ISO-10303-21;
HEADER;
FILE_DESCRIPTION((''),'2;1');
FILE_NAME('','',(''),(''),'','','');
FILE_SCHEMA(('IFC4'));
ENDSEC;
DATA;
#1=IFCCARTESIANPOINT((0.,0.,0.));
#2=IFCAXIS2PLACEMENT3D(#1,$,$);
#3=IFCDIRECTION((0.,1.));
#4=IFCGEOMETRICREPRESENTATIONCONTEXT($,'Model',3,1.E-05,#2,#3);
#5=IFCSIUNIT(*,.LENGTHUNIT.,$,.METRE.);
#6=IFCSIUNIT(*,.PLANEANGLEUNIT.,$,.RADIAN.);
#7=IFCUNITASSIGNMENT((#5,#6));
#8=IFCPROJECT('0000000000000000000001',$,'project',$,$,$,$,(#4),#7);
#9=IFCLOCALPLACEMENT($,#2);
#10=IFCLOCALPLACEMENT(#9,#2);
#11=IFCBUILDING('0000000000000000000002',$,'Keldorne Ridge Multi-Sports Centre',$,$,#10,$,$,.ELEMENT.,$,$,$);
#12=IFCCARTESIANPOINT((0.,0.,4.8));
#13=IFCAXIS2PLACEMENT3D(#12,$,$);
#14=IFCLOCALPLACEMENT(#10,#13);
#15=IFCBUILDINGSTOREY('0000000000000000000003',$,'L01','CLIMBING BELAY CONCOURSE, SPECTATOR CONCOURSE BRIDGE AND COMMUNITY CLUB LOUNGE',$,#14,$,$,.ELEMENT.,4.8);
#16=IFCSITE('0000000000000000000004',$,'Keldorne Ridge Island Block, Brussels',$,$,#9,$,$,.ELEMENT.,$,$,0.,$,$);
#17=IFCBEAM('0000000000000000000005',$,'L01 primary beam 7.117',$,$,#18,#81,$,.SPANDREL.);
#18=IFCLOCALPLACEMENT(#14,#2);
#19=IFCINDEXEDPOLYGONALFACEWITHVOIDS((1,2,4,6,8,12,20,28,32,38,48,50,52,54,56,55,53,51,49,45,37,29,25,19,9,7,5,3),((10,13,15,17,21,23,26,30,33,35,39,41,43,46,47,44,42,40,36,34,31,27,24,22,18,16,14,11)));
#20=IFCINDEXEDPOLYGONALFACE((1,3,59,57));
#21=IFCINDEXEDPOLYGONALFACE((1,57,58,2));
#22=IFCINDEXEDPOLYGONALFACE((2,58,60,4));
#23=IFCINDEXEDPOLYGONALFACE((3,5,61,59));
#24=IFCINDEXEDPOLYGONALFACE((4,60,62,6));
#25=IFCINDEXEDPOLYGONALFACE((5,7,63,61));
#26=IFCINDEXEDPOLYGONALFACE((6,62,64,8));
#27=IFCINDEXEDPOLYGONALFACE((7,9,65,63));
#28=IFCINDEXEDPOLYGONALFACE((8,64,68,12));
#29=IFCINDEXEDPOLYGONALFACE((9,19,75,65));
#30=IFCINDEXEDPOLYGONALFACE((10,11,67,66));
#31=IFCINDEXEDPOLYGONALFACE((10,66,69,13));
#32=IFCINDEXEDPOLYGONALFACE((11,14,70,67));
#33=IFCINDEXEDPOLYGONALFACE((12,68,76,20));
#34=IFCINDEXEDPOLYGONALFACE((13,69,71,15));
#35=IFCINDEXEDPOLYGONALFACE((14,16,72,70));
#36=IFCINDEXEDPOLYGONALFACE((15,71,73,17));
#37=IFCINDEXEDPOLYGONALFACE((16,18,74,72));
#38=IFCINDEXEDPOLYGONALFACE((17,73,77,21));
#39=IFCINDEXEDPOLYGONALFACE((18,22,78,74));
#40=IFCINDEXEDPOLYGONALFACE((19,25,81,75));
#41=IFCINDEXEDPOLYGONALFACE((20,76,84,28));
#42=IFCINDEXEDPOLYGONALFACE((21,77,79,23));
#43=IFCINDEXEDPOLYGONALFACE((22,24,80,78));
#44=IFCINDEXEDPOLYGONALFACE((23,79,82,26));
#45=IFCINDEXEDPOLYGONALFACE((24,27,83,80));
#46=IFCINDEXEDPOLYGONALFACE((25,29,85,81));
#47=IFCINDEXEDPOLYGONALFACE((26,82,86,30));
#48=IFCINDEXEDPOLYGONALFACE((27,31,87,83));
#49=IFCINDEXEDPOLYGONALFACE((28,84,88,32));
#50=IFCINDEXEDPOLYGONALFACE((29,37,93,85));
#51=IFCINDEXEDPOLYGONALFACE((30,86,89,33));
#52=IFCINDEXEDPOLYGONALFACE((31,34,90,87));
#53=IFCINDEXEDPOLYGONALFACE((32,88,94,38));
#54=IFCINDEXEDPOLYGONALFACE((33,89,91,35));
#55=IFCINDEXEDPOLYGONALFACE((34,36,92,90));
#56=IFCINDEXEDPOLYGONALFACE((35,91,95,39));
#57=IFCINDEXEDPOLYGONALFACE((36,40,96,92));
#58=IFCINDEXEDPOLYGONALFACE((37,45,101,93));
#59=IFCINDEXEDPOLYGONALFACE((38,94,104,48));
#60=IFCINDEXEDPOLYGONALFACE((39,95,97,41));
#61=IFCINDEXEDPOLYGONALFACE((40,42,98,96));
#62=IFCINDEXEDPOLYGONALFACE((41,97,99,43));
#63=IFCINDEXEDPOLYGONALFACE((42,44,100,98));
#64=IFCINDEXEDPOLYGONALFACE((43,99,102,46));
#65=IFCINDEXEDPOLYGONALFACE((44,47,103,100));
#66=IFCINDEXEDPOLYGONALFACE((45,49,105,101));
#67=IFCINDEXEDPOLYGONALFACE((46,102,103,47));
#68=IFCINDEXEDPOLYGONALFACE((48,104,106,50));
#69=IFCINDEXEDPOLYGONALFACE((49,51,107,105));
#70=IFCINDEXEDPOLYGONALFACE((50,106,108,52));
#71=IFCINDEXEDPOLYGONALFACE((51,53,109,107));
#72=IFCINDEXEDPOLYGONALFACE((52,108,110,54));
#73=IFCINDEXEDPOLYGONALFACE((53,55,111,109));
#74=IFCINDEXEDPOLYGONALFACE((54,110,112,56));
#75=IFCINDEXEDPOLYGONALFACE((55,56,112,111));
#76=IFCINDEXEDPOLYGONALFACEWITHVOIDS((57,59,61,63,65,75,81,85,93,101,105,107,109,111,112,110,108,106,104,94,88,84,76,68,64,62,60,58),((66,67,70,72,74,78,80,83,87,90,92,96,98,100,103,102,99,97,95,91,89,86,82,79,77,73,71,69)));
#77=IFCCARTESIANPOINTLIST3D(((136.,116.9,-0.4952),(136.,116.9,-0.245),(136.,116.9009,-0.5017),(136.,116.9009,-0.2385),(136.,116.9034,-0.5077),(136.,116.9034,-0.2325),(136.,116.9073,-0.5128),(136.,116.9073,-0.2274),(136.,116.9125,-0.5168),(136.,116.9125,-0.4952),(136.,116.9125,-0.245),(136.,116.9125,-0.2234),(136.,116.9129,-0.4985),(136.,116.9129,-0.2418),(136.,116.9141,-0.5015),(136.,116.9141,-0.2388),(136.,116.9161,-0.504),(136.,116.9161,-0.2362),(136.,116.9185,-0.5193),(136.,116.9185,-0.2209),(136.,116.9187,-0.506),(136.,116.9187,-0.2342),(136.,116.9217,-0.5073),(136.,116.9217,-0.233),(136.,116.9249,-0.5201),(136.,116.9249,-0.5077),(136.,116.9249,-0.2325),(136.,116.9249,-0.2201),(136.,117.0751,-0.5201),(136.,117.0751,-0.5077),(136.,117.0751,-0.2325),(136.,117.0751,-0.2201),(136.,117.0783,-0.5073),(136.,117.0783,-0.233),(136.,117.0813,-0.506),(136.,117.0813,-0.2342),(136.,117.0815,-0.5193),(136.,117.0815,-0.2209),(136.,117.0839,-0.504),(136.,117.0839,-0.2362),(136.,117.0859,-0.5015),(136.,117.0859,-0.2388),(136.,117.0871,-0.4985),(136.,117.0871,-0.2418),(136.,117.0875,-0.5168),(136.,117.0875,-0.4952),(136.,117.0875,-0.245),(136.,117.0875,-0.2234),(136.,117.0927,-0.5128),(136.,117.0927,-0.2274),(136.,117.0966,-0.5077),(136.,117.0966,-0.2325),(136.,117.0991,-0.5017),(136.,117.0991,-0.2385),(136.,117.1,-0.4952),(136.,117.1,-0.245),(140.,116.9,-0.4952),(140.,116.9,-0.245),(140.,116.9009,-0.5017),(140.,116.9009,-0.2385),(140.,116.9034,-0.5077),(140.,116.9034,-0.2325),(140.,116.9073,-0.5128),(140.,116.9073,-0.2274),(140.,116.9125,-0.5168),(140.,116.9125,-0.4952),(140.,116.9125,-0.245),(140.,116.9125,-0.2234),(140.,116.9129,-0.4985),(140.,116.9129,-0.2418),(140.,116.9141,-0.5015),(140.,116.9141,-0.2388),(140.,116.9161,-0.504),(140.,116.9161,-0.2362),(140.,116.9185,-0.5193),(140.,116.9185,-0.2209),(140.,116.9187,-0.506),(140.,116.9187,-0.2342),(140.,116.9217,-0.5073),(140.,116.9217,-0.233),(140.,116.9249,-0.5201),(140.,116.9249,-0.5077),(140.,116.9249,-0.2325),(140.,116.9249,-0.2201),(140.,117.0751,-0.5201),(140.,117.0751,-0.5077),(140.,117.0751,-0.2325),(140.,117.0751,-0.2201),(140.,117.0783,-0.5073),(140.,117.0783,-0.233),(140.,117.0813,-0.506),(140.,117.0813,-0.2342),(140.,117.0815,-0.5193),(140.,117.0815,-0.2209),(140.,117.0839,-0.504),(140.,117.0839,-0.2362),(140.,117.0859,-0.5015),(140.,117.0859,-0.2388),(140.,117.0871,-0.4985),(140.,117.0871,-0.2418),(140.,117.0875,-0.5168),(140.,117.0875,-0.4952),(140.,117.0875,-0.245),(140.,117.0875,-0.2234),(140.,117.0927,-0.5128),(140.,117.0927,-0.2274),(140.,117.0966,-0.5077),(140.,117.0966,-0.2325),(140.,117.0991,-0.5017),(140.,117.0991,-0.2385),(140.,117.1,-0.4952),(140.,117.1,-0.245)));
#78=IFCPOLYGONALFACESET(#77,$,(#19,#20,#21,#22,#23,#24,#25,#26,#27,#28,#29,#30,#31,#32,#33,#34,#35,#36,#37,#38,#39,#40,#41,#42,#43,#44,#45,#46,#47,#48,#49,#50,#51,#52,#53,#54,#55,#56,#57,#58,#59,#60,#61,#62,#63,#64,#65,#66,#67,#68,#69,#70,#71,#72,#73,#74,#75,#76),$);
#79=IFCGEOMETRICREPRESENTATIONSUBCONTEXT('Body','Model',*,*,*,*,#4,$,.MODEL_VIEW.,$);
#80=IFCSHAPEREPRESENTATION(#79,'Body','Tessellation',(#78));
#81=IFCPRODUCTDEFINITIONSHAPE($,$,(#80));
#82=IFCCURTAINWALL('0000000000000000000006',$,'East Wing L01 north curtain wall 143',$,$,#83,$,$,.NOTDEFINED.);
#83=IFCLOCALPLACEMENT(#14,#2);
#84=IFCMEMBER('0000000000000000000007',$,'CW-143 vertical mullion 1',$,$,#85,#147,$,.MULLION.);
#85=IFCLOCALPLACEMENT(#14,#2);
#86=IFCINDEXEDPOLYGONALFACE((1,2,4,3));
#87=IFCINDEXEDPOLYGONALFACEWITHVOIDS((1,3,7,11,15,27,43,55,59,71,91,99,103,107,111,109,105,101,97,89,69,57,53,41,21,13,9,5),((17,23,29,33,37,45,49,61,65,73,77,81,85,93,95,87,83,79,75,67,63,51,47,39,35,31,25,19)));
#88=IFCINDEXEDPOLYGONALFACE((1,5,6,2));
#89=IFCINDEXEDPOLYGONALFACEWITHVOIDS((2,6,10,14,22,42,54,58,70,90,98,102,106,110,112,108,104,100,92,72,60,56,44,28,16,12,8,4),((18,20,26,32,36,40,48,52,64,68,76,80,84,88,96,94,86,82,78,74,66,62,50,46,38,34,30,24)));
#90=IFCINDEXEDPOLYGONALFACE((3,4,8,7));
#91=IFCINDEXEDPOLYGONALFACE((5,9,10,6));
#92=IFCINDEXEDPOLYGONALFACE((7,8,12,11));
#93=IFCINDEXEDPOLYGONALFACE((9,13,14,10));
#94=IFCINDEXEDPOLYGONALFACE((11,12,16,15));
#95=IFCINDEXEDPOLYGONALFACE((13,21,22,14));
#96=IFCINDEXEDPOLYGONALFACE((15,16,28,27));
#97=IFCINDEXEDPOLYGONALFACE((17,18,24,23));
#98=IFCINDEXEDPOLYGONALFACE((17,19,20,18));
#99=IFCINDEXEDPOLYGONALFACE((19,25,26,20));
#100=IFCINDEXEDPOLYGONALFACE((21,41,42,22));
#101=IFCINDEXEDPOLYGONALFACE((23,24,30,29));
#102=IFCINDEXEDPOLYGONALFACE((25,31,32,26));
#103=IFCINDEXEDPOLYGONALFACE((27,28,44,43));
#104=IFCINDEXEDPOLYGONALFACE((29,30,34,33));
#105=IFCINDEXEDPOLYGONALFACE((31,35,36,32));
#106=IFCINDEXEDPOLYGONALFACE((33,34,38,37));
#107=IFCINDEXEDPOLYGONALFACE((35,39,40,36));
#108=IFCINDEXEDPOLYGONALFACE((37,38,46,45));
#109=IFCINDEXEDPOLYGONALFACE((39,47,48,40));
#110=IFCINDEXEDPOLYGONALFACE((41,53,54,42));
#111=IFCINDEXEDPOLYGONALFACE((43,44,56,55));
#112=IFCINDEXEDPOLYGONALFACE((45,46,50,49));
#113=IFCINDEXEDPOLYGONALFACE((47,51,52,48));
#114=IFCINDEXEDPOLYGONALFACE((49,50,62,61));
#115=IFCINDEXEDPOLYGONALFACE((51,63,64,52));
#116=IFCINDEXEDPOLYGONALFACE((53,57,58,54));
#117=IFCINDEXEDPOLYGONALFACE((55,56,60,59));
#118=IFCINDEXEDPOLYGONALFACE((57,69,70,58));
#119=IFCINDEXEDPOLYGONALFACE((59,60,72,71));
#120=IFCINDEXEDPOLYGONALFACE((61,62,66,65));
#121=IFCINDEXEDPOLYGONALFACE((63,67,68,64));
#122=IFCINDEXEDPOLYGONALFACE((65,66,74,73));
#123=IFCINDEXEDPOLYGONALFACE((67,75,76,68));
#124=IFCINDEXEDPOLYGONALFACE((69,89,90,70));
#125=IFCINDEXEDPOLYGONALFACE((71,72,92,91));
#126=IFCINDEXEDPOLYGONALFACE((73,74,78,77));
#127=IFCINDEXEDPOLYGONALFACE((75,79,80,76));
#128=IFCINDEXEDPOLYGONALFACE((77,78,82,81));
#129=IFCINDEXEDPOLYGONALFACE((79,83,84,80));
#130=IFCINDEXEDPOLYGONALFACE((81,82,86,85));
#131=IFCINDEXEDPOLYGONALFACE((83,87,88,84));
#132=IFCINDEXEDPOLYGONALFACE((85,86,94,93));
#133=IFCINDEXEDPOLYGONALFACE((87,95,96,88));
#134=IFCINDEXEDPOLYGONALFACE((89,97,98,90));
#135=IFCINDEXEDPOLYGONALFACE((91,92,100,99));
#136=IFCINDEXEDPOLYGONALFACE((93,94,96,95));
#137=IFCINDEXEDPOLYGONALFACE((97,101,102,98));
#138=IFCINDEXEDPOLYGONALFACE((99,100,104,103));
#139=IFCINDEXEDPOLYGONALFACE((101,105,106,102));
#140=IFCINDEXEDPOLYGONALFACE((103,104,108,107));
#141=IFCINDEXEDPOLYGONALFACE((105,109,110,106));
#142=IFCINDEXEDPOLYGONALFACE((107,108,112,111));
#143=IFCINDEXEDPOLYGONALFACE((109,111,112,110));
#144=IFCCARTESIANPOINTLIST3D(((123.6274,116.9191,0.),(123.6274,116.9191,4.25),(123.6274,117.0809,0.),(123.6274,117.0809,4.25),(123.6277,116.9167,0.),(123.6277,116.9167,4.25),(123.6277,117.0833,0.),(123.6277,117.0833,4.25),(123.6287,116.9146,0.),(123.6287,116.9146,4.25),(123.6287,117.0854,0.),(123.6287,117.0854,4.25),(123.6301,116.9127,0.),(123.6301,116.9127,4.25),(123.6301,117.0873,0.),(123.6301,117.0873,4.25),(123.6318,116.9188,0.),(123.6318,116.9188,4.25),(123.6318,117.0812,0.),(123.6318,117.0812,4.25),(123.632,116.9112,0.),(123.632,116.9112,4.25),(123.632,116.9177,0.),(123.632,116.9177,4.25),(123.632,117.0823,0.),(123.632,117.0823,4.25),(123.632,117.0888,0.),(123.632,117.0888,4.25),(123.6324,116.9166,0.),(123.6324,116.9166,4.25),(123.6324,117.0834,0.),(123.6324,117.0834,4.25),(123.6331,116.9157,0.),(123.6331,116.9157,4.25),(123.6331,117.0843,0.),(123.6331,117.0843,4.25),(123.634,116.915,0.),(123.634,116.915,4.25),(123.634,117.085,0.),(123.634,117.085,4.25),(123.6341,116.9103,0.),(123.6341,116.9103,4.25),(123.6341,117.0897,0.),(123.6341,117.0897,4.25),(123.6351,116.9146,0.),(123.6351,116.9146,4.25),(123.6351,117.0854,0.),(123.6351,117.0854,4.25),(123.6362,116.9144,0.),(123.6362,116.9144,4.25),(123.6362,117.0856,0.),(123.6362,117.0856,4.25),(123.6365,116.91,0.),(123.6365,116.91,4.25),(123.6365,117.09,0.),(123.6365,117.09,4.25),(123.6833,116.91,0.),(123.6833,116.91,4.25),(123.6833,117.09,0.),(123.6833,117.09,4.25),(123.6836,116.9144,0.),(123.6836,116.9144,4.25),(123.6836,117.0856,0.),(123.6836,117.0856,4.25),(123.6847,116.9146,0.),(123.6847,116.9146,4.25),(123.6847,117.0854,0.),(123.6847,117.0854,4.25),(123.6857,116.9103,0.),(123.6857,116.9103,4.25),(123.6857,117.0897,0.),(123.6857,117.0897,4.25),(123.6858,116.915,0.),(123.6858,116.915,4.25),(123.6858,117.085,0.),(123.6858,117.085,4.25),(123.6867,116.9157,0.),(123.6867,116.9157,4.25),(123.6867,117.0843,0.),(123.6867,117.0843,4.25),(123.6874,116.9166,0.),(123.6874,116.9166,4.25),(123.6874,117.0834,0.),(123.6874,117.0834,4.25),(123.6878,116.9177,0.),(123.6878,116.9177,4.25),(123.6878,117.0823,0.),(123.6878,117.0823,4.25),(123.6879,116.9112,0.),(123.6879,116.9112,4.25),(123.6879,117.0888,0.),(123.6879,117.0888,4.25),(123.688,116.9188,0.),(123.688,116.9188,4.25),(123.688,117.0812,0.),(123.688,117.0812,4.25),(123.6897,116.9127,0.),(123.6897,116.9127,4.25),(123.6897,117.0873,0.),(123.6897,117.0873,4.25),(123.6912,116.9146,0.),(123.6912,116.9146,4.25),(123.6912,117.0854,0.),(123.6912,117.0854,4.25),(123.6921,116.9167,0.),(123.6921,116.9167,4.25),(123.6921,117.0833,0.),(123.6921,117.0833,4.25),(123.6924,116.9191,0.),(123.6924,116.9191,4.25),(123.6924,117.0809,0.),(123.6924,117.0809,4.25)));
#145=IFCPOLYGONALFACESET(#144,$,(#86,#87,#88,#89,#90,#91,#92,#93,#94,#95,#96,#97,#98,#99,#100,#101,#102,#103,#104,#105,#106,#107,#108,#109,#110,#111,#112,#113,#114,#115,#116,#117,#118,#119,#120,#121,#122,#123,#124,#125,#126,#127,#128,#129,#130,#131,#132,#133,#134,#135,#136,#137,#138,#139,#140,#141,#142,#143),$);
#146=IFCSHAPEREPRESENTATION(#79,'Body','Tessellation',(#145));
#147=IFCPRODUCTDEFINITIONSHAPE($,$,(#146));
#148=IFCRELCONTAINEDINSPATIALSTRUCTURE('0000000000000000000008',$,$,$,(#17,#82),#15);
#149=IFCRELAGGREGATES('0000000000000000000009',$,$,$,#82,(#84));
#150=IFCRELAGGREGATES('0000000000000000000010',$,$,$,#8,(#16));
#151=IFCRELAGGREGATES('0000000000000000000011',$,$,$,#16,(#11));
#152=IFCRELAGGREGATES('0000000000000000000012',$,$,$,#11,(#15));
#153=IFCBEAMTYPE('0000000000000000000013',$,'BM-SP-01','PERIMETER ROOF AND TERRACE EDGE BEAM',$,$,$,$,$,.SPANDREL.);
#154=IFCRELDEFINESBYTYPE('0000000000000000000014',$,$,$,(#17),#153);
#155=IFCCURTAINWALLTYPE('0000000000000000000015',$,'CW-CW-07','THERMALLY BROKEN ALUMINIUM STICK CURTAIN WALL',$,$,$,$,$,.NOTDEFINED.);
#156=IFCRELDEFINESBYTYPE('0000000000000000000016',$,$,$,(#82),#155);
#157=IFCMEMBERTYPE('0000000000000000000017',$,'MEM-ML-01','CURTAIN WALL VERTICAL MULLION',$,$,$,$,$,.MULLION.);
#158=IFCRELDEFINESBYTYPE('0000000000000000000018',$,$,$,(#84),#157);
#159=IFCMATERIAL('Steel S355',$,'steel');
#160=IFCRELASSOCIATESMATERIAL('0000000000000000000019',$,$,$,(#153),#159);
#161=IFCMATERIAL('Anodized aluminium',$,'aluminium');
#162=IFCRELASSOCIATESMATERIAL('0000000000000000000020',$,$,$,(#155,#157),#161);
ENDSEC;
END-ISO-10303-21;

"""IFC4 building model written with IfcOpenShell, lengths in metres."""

from ifc_helpers import new_model, si_unit, direction, frame, origin, origin_2d, place, context, subcontext, project, spatial, hollow_rectangle, extrude, material, material_profile, profile_set, type_object, element, aggregate, save


model = new_model("IFC4")

# Units and contexts
model_context = context("Model", 3, precision=1e-05, world=origin(), true_north=direction((0.0, 1.0)))
body_context = subcontext(model_context, "Body", "Model", "MODEL_VIEW")
ifc_project = project(units=[si_unit("LENGTHUNIT", "METRE"), si_unit("PLANEANGLEUNIT", "RADIAN")], contexts=[model_context])

# Site, building, storey
site_placement = place(None, origin())
site = spatial("IfcSite", under=ifc_project, at=site_placement, Name="Keldorne Ridge Island Block, Brussels", CompositionType="ELEMENT", RefElevation=0.0)
building_placement = place(site_placement, origin())
building = spatial("IfcBuilding", under=site, at=building_placement, Name="Keldorne Ridge Multi-Sports Centre", CompositionType="ELEMENT")
storey_placement = place(building_placement, frame((0.0, 0.0, 4.8)))
storey = spatial("IfcBuildingStorey", under=building, at=storey_placement, Name="L01", Description="CLIMBING BELAY CONCOURSE, SPECTATOR CONCOURSE BRIDGE AND COMMUNITY CLUB LOUNGE", CompositionType="ELEMENT", Elevation=4.8)

# Shared definitions
ifc_material_1 = material(Name="Steel S355", Category="steel")

# Beam
ifc_material_profile_1 = material_profile(ifc_material_1, hollow_rectangle(XDim=0.2, YDim=0.3, WallThickness=0.0125, InnerFilletRadius=0.0125, OuterFilletRadius=0.0249, at=origin_2d()), Name="RHS 300x200x12.5")
ifc_profile_set_1 = profile_set([ifc_material_profile_1], Name="Steel S355")
beam_type = type_object("IfcBeamType", Name="BM-SP-01", Description="PERIMETER ROOF AND TERRACE EDGE BEAM", PredefinedType="SPANDREL", material=ifc_profile_set_1)
for number, where, z_axis, x_axis, name in (
    (1, (136.0, 117.0, -0.3701), (1.0, 0.0, 0.0), (0.0, 1.0, 0.0), "L01 primary beam 7.117"),
):
    element("IfcBeam", number, at=place(storey_placement, frame(where, z_axis=z_axis, x_axis=x_axis)), inside=storey, type_object=beam_type, Name=name, PredefinedType="SPANDREL", context=body_context, shape_type="SweptSolid", body=[
        extrude(hollow_rectangle(XDim=0.2, YDim=0.3, WallThickness=0.0125, InnerFilletRadius=0.0125, OuterFilletRadius=0.0249, at=origin_2d()), origin(), (0.0, 0.0, 1.0), 4.0),
    ])

# Curtain wall, member
ifc_material_2 = material(Name="Anodized aluminium", Category="aluminium")
curtain_wall_type_1 = type_object("IfcCurtainWallType", Name="CW-CW-07", Description="THERMALLY BROKEN ALUMINIUM STICK CURTAIN WALL", PredefinedType="NOTDEFINED", material=ifc_material_2)
curtain_wall_1_placement = place(storey_placement, origin())
curtain_wall_1 = element("IfcCurtainWall", 2, at=curtain_wall_1_placement, inside=storey, type_object=curtain_wall_type_1, Name="East Wing L01 north curtain wall 143", PredefinedType="NOTDEFINED")
ifc_material_profile_2 = material_profile(ifc_material_2, hollow_rectangle(XDim=0.0649, YDim=0.1799, WallThickness=0.0044, InnerFilletRadius=0.0044, OuterFilletRadius=0.009, at=origin_2d()), Name="ALU MULLION 180x65x4.5")
ifc_profile_set_2 = profile_set([ifc_material_profile_2], Name="Anodized aluminium")
member_type_1 = type_object("IfcMemberType", Name="MEM-ML-01", Description="CURTAIN WALL VERTICAL MULLION", PredefinedType="MULLION", material=ifc_profile_set_2)
member_1_placement = place(storey_placement, frame((123.6599, 117.0, 0.0), z_axis=(0.0, 0.0, 1.0), x_axis=(1.0, 0.0, 0.0)))
member_1 = element("IfcMember", 3, at=member_1_placement, type_object=member_type_1, Name="CW-143 vertical mullion 1", PredefinedType="MULLION", context=body_context, shape_type="SweptSolid", body=[
    extrude(hollow_rectangle(XDim=0.0649, YDim=0.1799, WallThickness=0.0044, InnerFilletRadius=0.0044, OuterFilletRadius=0.009, at=origin_2d()), origin(), (0.0, 0.0, 1.0), 4.25),
])

aggregate(curtain_wall_1, [member_1])

save(model, "model.ifc")
